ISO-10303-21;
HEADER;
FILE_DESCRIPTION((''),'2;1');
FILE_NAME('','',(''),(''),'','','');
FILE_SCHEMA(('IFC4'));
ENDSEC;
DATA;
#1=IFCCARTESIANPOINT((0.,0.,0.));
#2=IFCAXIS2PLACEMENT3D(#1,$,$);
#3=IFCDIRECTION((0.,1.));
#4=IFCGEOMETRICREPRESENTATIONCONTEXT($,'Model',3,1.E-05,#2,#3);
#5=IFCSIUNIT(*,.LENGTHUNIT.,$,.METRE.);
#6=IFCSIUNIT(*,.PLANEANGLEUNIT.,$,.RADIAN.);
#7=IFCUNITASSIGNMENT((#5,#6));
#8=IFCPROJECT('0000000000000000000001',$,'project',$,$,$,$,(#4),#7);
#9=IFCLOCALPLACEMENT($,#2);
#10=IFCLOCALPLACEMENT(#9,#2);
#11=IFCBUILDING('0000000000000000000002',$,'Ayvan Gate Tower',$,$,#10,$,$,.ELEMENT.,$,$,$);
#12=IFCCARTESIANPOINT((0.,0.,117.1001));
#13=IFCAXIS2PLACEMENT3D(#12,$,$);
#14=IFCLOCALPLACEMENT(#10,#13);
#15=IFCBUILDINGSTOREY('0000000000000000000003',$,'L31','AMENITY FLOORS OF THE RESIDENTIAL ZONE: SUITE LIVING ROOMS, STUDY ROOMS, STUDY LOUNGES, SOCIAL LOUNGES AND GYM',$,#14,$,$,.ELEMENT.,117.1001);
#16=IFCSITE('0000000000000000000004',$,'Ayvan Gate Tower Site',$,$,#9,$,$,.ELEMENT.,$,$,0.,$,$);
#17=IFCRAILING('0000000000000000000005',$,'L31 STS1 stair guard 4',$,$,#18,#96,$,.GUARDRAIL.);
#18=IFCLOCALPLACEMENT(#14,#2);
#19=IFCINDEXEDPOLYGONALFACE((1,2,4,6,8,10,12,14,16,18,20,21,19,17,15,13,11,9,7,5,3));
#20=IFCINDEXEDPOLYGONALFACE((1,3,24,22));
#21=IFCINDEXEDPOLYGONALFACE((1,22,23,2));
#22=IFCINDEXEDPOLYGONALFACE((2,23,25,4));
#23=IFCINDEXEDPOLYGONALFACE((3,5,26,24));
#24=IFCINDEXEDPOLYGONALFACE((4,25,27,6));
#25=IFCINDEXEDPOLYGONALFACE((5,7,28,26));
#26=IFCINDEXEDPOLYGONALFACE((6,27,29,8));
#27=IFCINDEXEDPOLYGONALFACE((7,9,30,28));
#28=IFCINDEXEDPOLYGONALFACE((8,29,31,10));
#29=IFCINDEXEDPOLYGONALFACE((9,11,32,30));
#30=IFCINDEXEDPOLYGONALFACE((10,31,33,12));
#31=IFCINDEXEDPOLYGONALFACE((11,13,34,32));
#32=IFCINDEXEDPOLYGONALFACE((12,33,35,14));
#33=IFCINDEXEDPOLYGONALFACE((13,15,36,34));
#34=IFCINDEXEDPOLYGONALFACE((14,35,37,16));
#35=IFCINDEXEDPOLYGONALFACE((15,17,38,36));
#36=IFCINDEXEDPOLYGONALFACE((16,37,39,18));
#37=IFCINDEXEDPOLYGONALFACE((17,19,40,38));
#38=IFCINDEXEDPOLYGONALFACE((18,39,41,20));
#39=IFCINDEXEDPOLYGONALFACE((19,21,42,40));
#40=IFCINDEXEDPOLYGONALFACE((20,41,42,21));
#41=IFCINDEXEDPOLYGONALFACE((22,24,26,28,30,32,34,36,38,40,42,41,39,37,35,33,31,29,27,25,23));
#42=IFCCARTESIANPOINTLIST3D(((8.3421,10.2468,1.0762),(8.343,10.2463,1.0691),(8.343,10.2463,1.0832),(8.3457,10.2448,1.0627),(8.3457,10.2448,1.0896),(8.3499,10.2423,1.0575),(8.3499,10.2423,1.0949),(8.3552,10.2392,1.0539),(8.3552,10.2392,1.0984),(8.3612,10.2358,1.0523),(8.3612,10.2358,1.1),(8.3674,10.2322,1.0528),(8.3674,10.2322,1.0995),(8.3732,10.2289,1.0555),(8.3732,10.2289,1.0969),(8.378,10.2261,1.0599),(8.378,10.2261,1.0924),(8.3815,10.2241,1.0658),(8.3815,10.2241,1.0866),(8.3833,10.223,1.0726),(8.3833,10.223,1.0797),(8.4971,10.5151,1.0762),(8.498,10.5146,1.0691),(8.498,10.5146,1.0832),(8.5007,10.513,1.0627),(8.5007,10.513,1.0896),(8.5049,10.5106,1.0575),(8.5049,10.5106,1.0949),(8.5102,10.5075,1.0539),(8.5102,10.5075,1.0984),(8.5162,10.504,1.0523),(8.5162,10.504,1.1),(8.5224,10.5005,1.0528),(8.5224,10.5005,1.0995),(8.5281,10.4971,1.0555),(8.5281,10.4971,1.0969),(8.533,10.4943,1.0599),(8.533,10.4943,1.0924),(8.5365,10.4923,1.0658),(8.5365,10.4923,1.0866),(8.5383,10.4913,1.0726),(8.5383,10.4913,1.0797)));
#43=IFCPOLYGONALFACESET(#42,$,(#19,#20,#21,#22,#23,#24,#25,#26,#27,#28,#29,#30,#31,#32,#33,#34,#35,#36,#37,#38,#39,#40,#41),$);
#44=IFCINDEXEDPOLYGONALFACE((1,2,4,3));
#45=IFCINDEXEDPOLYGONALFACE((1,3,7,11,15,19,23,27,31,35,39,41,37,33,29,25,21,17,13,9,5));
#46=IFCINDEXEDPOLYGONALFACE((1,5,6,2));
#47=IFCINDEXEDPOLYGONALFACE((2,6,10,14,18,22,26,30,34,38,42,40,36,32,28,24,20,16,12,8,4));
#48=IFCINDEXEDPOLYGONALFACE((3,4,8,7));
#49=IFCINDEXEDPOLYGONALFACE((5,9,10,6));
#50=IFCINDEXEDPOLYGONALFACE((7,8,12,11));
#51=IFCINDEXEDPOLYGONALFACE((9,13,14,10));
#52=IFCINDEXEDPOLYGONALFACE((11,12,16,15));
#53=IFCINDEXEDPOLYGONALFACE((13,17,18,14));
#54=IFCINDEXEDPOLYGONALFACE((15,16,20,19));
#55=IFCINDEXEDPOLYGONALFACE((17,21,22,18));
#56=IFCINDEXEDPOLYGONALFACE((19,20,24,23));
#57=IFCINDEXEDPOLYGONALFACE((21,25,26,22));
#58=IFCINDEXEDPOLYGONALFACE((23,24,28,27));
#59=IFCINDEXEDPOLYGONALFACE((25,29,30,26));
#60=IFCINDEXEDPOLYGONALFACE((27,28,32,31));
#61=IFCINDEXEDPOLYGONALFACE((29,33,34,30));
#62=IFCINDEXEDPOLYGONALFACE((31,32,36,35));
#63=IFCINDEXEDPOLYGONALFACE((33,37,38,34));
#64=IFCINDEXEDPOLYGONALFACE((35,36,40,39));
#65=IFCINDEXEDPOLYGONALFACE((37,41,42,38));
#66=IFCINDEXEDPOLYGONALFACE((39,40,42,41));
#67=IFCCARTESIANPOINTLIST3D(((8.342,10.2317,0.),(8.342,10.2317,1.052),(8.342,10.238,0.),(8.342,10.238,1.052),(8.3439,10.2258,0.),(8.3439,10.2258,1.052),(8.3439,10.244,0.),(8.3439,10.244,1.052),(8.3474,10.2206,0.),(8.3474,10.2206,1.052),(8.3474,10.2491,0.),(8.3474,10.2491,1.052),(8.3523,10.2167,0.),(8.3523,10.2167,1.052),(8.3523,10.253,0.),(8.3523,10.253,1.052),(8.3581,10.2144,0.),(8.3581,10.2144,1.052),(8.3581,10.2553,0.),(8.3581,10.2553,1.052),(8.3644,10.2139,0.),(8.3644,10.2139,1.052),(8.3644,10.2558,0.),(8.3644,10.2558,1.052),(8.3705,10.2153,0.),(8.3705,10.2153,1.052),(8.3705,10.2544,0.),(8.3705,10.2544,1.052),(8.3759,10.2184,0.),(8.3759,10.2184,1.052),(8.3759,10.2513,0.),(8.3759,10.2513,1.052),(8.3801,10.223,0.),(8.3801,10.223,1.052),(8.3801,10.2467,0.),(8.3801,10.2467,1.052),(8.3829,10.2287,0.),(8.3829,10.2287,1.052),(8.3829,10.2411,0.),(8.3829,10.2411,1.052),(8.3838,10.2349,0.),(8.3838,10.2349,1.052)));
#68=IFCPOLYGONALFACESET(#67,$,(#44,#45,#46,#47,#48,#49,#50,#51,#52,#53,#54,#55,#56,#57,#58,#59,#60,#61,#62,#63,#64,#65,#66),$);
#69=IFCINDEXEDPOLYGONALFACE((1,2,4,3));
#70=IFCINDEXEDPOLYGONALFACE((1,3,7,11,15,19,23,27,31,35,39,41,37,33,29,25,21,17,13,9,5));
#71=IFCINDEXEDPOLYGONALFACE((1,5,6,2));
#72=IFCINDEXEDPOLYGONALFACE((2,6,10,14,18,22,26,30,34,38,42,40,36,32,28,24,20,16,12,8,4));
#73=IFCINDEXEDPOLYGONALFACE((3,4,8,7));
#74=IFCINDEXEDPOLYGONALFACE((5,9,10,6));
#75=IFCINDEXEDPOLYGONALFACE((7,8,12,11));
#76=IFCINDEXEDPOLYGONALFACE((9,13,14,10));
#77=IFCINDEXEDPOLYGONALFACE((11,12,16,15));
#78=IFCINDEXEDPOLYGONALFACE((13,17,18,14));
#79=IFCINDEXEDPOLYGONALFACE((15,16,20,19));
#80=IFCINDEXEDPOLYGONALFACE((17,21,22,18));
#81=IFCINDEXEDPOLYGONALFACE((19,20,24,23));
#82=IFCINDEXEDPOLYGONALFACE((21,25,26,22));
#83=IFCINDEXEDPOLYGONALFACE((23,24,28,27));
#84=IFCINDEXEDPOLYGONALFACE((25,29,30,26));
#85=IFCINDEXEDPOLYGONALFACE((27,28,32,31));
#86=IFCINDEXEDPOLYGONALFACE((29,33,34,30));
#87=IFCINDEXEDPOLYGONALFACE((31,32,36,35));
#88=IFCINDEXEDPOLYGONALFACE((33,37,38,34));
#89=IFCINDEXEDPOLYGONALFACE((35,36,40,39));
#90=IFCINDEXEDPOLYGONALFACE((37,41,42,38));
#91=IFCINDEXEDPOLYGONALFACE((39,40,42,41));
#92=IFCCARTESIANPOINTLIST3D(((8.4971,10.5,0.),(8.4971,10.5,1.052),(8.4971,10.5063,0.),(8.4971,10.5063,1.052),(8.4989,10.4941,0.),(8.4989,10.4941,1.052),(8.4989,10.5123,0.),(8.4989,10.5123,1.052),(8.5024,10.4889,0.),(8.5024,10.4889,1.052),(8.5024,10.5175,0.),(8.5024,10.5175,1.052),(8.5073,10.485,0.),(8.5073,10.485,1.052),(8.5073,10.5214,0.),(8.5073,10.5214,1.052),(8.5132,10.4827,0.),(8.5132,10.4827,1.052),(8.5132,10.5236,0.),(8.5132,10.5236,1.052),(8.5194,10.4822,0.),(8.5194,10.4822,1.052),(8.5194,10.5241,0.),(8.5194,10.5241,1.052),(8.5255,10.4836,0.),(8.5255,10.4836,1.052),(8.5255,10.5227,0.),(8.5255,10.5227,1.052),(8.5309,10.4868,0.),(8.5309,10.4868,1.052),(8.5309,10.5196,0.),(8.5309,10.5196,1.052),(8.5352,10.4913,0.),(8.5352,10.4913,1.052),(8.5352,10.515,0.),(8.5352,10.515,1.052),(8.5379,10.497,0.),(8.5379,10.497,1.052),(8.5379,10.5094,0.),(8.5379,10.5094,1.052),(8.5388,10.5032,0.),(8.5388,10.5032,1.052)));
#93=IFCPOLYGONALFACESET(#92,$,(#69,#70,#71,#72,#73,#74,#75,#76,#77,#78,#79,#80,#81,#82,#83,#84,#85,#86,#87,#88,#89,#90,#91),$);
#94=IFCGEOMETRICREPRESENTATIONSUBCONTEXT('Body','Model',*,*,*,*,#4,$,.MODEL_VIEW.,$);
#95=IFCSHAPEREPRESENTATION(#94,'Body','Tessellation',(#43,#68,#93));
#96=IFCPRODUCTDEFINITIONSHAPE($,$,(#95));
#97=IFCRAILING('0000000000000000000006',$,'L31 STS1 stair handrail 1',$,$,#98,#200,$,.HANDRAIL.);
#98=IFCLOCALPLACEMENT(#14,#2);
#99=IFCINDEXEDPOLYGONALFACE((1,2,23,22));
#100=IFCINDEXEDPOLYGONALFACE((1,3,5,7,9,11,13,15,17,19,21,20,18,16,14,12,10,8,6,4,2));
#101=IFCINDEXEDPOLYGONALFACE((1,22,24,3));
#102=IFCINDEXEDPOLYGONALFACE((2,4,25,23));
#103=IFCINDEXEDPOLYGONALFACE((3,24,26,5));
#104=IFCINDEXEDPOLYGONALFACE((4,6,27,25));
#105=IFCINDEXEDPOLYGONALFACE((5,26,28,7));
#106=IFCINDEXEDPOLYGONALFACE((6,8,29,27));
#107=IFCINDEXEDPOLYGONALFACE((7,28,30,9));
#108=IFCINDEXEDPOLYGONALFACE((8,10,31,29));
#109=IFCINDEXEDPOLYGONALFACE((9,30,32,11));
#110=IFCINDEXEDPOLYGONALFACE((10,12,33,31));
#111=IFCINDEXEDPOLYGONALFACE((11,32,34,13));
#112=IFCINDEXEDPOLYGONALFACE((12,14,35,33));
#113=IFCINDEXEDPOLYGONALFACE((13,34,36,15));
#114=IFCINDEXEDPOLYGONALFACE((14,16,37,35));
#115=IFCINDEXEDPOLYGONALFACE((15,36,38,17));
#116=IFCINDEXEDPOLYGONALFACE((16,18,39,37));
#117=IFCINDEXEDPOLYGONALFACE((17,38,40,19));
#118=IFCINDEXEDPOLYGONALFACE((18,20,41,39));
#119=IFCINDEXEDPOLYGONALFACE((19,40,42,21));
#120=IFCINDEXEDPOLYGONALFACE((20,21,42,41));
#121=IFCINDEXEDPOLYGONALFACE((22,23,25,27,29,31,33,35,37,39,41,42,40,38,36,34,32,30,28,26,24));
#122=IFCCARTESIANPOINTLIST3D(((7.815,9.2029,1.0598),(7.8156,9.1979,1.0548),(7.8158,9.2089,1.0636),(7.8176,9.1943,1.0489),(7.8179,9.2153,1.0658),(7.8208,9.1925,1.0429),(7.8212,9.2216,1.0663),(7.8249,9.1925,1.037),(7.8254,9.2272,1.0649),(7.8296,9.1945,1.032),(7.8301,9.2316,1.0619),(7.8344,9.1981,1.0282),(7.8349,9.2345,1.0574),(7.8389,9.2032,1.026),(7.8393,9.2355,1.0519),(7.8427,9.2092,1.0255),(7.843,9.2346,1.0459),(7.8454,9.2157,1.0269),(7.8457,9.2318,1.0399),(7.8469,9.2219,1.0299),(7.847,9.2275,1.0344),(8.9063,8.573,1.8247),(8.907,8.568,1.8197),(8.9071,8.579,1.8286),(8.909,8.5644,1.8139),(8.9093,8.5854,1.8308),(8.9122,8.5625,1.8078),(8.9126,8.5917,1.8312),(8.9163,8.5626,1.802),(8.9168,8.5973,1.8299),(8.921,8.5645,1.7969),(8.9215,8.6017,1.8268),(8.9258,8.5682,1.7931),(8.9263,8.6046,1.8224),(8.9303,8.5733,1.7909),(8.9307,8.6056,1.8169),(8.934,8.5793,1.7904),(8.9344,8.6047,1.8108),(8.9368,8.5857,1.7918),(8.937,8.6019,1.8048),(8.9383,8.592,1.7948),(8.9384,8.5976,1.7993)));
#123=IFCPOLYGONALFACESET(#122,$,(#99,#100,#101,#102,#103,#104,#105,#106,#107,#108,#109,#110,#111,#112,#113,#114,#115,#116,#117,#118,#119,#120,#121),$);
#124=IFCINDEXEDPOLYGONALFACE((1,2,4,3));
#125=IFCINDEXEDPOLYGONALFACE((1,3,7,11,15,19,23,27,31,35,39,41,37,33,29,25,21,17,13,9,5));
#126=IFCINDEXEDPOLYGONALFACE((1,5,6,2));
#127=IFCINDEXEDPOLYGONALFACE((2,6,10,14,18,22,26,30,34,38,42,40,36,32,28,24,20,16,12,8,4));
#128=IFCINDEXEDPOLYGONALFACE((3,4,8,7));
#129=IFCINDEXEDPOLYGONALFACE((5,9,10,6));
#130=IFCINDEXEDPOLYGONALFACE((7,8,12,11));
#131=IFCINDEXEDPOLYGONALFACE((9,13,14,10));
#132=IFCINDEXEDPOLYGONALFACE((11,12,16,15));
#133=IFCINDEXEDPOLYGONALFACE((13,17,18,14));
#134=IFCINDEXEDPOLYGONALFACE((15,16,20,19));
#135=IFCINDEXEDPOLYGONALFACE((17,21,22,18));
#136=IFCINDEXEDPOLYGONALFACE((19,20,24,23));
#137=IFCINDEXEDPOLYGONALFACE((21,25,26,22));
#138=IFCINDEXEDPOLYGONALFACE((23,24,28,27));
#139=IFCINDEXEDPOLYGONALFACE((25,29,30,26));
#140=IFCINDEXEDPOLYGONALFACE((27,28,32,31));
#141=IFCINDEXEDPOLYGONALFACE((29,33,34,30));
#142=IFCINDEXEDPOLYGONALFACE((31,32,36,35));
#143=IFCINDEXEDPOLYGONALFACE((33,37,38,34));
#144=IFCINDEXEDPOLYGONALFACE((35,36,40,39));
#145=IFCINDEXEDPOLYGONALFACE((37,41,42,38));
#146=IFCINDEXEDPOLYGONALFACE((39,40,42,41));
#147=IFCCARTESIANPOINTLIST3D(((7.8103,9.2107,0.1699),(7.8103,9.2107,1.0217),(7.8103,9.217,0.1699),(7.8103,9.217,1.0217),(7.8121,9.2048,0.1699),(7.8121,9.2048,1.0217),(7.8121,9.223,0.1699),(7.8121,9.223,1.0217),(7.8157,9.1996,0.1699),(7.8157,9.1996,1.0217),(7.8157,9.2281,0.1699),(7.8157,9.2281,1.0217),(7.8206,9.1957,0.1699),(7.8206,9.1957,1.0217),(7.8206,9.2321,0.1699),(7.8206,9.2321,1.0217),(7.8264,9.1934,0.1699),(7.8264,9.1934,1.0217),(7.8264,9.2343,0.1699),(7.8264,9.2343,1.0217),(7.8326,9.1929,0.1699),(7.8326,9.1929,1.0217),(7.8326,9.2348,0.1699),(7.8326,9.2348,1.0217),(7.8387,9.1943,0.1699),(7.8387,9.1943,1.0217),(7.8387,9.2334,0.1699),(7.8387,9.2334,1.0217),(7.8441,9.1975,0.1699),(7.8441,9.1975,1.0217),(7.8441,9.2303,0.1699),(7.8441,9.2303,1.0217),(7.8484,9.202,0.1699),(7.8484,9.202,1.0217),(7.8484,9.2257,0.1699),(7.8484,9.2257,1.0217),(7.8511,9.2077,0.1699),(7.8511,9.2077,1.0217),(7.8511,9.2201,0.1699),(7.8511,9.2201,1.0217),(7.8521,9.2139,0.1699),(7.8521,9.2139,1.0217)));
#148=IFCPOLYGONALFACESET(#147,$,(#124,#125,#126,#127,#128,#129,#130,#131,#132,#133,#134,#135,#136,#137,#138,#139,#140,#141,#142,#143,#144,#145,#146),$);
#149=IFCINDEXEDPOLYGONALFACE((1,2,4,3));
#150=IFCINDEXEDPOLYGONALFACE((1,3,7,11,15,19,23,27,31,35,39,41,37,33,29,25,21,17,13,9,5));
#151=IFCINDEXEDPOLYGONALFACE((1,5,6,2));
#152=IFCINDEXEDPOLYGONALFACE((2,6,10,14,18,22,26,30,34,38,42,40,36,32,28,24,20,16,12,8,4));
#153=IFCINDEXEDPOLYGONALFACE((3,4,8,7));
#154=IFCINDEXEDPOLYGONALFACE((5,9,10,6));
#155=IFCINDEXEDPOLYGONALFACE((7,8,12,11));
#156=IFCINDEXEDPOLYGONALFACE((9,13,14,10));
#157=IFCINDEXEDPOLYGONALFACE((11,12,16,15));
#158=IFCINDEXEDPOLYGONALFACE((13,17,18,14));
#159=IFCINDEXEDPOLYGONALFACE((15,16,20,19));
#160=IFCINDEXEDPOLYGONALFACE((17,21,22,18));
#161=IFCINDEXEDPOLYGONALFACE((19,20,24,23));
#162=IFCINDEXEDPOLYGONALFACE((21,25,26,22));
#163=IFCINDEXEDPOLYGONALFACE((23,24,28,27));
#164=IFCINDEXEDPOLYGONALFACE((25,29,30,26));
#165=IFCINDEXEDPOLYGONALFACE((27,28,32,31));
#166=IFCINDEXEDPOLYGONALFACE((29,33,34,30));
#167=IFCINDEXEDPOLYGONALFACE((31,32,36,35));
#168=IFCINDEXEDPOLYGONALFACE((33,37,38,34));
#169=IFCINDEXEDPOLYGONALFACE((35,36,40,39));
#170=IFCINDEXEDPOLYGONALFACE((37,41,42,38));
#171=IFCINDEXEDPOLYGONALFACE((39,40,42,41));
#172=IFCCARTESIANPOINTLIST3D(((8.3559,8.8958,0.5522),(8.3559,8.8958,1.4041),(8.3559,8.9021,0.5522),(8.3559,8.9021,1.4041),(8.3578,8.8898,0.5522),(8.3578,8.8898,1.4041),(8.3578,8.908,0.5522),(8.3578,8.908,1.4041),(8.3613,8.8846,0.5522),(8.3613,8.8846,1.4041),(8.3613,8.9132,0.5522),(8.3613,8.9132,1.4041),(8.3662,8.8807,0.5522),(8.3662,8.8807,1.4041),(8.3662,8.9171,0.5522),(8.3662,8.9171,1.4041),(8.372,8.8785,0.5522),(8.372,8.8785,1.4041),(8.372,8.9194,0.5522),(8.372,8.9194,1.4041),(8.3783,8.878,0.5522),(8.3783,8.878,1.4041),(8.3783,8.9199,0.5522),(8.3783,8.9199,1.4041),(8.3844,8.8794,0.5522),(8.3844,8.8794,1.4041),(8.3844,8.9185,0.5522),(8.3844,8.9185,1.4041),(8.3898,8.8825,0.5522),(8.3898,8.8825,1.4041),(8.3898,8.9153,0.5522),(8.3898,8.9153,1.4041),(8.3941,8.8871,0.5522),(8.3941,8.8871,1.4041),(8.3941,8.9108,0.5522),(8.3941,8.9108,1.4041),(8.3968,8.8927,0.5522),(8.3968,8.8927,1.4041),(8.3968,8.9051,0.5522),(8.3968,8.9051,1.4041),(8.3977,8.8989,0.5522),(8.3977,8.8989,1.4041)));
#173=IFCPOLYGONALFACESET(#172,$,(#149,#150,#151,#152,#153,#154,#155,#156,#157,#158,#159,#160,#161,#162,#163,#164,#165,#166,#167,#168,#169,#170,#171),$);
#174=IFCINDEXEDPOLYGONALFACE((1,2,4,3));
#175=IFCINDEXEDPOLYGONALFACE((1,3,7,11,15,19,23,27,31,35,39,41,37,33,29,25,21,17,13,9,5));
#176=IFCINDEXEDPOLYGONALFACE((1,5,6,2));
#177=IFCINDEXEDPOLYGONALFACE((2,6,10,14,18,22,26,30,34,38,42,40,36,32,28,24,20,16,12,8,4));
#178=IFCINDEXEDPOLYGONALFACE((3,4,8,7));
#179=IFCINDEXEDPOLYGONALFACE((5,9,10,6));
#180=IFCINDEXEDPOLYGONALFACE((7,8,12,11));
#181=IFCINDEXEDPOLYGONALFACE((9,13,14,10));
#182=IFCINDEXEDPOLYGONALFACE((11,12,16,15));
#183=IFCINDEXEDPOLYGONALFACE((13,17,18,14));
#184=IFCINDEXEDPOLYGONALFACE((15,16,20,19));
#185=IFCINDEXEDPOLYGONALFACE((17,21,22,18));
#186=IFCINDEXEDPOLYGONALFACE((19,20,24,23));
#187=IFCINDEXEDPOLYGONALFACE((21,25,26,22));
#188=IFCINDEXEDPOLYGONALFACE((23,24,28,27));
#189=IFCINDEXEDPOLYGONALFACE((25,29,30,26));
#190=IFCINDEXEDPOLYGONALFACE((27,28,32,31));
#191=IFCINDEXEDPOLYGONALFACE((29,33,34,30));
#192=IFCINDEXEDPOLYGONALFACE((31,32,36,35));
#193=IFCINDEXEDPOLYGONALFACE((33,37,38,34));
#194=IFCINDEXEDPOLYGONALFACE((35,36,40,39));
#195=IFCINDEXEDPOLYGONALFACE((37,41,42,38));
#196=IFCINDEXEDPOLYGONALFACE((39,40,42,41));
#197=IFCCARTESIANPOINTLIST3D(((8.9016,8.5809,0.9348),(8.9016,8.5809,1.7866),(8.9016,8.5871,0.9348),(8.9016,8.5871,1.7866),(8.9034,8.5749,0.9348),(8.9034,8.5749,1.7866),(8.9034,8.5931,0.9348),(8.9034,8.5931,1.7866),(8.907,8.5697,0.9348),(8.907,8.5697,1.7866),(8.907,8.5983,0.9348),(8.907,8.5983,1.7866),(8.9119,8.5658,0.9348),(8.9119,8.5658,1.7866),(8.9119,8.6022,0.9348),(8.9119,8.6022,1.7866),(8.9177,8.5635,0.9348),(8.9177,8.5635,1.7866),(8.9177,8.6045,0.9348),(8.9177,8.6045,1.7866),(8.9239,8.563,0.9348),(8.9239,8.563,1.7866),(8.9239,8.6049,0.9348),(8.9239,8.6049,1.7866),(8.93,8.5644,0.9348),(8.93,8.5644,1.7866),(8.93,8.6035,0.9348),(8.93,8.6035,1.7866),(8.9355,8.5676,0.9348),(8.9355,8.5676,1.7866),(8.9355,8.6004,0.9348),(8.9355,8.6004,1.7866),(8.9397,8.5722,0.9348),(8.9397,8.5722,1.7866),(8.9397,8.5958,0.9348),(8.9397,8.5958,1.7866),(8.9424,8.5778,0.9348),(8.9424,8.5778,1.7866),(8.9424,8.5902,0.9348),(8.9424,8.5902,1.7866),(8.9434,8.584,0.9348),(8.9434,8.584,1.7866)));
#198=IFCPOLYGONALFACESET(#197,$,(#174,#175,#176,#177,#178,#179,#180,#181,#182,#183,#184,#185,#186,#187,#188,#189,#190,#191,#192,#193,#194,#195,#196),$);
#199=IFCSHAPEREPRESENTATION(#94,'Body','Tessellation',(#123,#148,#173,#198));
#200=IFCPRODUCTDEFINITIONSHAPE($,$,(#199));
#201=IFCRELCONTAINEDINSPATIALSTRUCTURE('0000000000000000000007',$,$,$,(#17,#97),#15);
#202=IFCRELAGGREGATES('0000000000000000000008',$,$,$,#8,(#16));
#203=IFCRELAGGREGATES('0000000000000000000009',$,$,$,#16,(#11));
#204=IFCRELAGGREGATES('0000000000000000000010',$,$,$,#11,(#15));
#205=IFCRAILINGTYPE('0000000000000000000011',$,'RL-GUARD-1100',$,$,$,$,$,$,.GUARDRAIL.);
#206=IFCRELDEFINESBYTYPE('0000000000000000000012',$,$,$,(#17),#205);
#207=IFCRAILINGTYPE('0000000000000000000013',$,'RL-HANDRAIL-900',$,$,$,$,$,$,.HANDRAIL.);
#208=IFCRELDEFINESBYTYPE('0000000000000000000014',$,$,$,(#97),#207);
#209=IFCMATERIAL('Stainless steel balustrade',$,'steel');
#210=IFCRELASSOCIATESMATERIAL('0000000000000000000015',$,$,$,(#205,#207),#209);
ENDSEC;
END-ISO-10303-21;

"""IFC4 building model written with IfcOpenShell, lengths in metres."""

from ifc_helpers import new_model, si_unit, direction, frame, origin, origin_2d, place, context, subcontext, project, spatial, circle, extrude, material, type_object, element, save


model = new_model("IFC4")

# Units and contexts
model_context = context("Model", 3, precision=1e-05, world=origin(), true_north=direction((0.0, 1.0)))
body_context = subcontext(model_context, "Body", "Model", "MODEL_VIEW")
ifc_project = project(units=[si_unit("LENGTHUNIT", "METRE"), si_unit("PLANEANGLEUNIT", "RADIAN")], contexts=[model_context])

# Site, building, storey
site_placement = place(None, origin())
site = spatial("IfcSite", under=ifc_project, at=site_placement, Name="Ayvan Gate Tower Site", CompositionType="ELEMENT", RefElevation=0.0)
building_placement = place(site_placement, origin())
building = spatial("IfcBuilding", under=site, at=building_placement, Name="Ayvan Gate Tower", CompositionType="ELEMENT")
storey_placement = place(building_placement, frame((0.0, 0.0, 117.1001)))
storey = spatial("IfcBuildingStorey", under=building, at=storey_placement, Name="L31", Description="AMENITY FLOORS OF THE RESIDENTIAL ZONE: SUITE LIVING ROOMS, STUDY ROOMS, STUDY LOUNGES, SOCIAL LOUNGES AND GYM", CompositionType="ELEMENT", Elevation=117.1001)

# Railings
ifc_material_1 = material(Name="Stainless steel balustrade", Category="steel")
railing_type_1 = type_object("IfcRailingType", Name="RL-GUARD-1100", PredefinedType="GUARDRAIL", material=ifc_material_1)
railing_1_placement = place(storey_placement, frame((8.3628, 10.2349, 0.0)))
element("IfcRailing", 1, at=railing_1_placement, inside=storey, type_object=railing_type_1, Name="L31 STS1 stair guard 4", PredefinedType="GUARDRAIL", context=body_context, shape_type="SweptSolid", body=[
    extrude(circle(Radius=0.0239, at=origin_2d()), frame((0.0, 0.0, 1.0762), z_axis=(0.500291, 0.865857, 0.0), x_axis=(-0.865857, 0.500291, 0.0)), (0.0, 0.0, 1.0), 0.3098),
    extrude(circle(Radius=0.021, at=origin_2d()), origin(), (0.0, 0.0, 1.0), 1.052),
    extrude(circle(Radius=0.021, at=origin_2d()), frame((0.155, 0.2683, 0.0)), (0.0, 0.0, 1.0), 1.052),
])
railing_type_2 = type_object("IfcRailingType", Name="RL-HANDRAIL-900", PredefinedType="HANDRAIL", material=ifc_material_1)
railing_2_placement = place(storey_placement, frame((7.8311, 9.2139, 0.1699)))
element("IfcRailing", 2, at=railing_2_placement, inside=storey, type_object=railing_type_2, Name="L31 STS1 stair handrail 1", PredefinedType="HANDRAIL", context=body_context, shape_type="SweptSolid", body=[
    extrude(circle(Radius=0.0239, at=origin_2d()), frame((0.0, 0.0, 0.876), z_axis=(0.740357, -0.42732, 0.518912), x_axis=(0.49989, 0.866089, 0.0)), (0.0, 0.0, 1.0), 1.4741),
    extrude(circle(Radius=0.021, at=origin_2d()), origin(), (0.0, 0.0, 1.0), 0.8518),
    extrude(circle(Radius=0.021, at=origin_2d()), frame((0.5457, -0.3149, 0.3823)), (0.0, 0.0, 1.0), 0.8518),
    extrude(circle(Radius=0.021, at=origin_2d()), frame((1.0913, -0.6299, 0.7649)), (0.0, 0.0, 1.0), 0.8518),
])

save(model, "model.ifc")
